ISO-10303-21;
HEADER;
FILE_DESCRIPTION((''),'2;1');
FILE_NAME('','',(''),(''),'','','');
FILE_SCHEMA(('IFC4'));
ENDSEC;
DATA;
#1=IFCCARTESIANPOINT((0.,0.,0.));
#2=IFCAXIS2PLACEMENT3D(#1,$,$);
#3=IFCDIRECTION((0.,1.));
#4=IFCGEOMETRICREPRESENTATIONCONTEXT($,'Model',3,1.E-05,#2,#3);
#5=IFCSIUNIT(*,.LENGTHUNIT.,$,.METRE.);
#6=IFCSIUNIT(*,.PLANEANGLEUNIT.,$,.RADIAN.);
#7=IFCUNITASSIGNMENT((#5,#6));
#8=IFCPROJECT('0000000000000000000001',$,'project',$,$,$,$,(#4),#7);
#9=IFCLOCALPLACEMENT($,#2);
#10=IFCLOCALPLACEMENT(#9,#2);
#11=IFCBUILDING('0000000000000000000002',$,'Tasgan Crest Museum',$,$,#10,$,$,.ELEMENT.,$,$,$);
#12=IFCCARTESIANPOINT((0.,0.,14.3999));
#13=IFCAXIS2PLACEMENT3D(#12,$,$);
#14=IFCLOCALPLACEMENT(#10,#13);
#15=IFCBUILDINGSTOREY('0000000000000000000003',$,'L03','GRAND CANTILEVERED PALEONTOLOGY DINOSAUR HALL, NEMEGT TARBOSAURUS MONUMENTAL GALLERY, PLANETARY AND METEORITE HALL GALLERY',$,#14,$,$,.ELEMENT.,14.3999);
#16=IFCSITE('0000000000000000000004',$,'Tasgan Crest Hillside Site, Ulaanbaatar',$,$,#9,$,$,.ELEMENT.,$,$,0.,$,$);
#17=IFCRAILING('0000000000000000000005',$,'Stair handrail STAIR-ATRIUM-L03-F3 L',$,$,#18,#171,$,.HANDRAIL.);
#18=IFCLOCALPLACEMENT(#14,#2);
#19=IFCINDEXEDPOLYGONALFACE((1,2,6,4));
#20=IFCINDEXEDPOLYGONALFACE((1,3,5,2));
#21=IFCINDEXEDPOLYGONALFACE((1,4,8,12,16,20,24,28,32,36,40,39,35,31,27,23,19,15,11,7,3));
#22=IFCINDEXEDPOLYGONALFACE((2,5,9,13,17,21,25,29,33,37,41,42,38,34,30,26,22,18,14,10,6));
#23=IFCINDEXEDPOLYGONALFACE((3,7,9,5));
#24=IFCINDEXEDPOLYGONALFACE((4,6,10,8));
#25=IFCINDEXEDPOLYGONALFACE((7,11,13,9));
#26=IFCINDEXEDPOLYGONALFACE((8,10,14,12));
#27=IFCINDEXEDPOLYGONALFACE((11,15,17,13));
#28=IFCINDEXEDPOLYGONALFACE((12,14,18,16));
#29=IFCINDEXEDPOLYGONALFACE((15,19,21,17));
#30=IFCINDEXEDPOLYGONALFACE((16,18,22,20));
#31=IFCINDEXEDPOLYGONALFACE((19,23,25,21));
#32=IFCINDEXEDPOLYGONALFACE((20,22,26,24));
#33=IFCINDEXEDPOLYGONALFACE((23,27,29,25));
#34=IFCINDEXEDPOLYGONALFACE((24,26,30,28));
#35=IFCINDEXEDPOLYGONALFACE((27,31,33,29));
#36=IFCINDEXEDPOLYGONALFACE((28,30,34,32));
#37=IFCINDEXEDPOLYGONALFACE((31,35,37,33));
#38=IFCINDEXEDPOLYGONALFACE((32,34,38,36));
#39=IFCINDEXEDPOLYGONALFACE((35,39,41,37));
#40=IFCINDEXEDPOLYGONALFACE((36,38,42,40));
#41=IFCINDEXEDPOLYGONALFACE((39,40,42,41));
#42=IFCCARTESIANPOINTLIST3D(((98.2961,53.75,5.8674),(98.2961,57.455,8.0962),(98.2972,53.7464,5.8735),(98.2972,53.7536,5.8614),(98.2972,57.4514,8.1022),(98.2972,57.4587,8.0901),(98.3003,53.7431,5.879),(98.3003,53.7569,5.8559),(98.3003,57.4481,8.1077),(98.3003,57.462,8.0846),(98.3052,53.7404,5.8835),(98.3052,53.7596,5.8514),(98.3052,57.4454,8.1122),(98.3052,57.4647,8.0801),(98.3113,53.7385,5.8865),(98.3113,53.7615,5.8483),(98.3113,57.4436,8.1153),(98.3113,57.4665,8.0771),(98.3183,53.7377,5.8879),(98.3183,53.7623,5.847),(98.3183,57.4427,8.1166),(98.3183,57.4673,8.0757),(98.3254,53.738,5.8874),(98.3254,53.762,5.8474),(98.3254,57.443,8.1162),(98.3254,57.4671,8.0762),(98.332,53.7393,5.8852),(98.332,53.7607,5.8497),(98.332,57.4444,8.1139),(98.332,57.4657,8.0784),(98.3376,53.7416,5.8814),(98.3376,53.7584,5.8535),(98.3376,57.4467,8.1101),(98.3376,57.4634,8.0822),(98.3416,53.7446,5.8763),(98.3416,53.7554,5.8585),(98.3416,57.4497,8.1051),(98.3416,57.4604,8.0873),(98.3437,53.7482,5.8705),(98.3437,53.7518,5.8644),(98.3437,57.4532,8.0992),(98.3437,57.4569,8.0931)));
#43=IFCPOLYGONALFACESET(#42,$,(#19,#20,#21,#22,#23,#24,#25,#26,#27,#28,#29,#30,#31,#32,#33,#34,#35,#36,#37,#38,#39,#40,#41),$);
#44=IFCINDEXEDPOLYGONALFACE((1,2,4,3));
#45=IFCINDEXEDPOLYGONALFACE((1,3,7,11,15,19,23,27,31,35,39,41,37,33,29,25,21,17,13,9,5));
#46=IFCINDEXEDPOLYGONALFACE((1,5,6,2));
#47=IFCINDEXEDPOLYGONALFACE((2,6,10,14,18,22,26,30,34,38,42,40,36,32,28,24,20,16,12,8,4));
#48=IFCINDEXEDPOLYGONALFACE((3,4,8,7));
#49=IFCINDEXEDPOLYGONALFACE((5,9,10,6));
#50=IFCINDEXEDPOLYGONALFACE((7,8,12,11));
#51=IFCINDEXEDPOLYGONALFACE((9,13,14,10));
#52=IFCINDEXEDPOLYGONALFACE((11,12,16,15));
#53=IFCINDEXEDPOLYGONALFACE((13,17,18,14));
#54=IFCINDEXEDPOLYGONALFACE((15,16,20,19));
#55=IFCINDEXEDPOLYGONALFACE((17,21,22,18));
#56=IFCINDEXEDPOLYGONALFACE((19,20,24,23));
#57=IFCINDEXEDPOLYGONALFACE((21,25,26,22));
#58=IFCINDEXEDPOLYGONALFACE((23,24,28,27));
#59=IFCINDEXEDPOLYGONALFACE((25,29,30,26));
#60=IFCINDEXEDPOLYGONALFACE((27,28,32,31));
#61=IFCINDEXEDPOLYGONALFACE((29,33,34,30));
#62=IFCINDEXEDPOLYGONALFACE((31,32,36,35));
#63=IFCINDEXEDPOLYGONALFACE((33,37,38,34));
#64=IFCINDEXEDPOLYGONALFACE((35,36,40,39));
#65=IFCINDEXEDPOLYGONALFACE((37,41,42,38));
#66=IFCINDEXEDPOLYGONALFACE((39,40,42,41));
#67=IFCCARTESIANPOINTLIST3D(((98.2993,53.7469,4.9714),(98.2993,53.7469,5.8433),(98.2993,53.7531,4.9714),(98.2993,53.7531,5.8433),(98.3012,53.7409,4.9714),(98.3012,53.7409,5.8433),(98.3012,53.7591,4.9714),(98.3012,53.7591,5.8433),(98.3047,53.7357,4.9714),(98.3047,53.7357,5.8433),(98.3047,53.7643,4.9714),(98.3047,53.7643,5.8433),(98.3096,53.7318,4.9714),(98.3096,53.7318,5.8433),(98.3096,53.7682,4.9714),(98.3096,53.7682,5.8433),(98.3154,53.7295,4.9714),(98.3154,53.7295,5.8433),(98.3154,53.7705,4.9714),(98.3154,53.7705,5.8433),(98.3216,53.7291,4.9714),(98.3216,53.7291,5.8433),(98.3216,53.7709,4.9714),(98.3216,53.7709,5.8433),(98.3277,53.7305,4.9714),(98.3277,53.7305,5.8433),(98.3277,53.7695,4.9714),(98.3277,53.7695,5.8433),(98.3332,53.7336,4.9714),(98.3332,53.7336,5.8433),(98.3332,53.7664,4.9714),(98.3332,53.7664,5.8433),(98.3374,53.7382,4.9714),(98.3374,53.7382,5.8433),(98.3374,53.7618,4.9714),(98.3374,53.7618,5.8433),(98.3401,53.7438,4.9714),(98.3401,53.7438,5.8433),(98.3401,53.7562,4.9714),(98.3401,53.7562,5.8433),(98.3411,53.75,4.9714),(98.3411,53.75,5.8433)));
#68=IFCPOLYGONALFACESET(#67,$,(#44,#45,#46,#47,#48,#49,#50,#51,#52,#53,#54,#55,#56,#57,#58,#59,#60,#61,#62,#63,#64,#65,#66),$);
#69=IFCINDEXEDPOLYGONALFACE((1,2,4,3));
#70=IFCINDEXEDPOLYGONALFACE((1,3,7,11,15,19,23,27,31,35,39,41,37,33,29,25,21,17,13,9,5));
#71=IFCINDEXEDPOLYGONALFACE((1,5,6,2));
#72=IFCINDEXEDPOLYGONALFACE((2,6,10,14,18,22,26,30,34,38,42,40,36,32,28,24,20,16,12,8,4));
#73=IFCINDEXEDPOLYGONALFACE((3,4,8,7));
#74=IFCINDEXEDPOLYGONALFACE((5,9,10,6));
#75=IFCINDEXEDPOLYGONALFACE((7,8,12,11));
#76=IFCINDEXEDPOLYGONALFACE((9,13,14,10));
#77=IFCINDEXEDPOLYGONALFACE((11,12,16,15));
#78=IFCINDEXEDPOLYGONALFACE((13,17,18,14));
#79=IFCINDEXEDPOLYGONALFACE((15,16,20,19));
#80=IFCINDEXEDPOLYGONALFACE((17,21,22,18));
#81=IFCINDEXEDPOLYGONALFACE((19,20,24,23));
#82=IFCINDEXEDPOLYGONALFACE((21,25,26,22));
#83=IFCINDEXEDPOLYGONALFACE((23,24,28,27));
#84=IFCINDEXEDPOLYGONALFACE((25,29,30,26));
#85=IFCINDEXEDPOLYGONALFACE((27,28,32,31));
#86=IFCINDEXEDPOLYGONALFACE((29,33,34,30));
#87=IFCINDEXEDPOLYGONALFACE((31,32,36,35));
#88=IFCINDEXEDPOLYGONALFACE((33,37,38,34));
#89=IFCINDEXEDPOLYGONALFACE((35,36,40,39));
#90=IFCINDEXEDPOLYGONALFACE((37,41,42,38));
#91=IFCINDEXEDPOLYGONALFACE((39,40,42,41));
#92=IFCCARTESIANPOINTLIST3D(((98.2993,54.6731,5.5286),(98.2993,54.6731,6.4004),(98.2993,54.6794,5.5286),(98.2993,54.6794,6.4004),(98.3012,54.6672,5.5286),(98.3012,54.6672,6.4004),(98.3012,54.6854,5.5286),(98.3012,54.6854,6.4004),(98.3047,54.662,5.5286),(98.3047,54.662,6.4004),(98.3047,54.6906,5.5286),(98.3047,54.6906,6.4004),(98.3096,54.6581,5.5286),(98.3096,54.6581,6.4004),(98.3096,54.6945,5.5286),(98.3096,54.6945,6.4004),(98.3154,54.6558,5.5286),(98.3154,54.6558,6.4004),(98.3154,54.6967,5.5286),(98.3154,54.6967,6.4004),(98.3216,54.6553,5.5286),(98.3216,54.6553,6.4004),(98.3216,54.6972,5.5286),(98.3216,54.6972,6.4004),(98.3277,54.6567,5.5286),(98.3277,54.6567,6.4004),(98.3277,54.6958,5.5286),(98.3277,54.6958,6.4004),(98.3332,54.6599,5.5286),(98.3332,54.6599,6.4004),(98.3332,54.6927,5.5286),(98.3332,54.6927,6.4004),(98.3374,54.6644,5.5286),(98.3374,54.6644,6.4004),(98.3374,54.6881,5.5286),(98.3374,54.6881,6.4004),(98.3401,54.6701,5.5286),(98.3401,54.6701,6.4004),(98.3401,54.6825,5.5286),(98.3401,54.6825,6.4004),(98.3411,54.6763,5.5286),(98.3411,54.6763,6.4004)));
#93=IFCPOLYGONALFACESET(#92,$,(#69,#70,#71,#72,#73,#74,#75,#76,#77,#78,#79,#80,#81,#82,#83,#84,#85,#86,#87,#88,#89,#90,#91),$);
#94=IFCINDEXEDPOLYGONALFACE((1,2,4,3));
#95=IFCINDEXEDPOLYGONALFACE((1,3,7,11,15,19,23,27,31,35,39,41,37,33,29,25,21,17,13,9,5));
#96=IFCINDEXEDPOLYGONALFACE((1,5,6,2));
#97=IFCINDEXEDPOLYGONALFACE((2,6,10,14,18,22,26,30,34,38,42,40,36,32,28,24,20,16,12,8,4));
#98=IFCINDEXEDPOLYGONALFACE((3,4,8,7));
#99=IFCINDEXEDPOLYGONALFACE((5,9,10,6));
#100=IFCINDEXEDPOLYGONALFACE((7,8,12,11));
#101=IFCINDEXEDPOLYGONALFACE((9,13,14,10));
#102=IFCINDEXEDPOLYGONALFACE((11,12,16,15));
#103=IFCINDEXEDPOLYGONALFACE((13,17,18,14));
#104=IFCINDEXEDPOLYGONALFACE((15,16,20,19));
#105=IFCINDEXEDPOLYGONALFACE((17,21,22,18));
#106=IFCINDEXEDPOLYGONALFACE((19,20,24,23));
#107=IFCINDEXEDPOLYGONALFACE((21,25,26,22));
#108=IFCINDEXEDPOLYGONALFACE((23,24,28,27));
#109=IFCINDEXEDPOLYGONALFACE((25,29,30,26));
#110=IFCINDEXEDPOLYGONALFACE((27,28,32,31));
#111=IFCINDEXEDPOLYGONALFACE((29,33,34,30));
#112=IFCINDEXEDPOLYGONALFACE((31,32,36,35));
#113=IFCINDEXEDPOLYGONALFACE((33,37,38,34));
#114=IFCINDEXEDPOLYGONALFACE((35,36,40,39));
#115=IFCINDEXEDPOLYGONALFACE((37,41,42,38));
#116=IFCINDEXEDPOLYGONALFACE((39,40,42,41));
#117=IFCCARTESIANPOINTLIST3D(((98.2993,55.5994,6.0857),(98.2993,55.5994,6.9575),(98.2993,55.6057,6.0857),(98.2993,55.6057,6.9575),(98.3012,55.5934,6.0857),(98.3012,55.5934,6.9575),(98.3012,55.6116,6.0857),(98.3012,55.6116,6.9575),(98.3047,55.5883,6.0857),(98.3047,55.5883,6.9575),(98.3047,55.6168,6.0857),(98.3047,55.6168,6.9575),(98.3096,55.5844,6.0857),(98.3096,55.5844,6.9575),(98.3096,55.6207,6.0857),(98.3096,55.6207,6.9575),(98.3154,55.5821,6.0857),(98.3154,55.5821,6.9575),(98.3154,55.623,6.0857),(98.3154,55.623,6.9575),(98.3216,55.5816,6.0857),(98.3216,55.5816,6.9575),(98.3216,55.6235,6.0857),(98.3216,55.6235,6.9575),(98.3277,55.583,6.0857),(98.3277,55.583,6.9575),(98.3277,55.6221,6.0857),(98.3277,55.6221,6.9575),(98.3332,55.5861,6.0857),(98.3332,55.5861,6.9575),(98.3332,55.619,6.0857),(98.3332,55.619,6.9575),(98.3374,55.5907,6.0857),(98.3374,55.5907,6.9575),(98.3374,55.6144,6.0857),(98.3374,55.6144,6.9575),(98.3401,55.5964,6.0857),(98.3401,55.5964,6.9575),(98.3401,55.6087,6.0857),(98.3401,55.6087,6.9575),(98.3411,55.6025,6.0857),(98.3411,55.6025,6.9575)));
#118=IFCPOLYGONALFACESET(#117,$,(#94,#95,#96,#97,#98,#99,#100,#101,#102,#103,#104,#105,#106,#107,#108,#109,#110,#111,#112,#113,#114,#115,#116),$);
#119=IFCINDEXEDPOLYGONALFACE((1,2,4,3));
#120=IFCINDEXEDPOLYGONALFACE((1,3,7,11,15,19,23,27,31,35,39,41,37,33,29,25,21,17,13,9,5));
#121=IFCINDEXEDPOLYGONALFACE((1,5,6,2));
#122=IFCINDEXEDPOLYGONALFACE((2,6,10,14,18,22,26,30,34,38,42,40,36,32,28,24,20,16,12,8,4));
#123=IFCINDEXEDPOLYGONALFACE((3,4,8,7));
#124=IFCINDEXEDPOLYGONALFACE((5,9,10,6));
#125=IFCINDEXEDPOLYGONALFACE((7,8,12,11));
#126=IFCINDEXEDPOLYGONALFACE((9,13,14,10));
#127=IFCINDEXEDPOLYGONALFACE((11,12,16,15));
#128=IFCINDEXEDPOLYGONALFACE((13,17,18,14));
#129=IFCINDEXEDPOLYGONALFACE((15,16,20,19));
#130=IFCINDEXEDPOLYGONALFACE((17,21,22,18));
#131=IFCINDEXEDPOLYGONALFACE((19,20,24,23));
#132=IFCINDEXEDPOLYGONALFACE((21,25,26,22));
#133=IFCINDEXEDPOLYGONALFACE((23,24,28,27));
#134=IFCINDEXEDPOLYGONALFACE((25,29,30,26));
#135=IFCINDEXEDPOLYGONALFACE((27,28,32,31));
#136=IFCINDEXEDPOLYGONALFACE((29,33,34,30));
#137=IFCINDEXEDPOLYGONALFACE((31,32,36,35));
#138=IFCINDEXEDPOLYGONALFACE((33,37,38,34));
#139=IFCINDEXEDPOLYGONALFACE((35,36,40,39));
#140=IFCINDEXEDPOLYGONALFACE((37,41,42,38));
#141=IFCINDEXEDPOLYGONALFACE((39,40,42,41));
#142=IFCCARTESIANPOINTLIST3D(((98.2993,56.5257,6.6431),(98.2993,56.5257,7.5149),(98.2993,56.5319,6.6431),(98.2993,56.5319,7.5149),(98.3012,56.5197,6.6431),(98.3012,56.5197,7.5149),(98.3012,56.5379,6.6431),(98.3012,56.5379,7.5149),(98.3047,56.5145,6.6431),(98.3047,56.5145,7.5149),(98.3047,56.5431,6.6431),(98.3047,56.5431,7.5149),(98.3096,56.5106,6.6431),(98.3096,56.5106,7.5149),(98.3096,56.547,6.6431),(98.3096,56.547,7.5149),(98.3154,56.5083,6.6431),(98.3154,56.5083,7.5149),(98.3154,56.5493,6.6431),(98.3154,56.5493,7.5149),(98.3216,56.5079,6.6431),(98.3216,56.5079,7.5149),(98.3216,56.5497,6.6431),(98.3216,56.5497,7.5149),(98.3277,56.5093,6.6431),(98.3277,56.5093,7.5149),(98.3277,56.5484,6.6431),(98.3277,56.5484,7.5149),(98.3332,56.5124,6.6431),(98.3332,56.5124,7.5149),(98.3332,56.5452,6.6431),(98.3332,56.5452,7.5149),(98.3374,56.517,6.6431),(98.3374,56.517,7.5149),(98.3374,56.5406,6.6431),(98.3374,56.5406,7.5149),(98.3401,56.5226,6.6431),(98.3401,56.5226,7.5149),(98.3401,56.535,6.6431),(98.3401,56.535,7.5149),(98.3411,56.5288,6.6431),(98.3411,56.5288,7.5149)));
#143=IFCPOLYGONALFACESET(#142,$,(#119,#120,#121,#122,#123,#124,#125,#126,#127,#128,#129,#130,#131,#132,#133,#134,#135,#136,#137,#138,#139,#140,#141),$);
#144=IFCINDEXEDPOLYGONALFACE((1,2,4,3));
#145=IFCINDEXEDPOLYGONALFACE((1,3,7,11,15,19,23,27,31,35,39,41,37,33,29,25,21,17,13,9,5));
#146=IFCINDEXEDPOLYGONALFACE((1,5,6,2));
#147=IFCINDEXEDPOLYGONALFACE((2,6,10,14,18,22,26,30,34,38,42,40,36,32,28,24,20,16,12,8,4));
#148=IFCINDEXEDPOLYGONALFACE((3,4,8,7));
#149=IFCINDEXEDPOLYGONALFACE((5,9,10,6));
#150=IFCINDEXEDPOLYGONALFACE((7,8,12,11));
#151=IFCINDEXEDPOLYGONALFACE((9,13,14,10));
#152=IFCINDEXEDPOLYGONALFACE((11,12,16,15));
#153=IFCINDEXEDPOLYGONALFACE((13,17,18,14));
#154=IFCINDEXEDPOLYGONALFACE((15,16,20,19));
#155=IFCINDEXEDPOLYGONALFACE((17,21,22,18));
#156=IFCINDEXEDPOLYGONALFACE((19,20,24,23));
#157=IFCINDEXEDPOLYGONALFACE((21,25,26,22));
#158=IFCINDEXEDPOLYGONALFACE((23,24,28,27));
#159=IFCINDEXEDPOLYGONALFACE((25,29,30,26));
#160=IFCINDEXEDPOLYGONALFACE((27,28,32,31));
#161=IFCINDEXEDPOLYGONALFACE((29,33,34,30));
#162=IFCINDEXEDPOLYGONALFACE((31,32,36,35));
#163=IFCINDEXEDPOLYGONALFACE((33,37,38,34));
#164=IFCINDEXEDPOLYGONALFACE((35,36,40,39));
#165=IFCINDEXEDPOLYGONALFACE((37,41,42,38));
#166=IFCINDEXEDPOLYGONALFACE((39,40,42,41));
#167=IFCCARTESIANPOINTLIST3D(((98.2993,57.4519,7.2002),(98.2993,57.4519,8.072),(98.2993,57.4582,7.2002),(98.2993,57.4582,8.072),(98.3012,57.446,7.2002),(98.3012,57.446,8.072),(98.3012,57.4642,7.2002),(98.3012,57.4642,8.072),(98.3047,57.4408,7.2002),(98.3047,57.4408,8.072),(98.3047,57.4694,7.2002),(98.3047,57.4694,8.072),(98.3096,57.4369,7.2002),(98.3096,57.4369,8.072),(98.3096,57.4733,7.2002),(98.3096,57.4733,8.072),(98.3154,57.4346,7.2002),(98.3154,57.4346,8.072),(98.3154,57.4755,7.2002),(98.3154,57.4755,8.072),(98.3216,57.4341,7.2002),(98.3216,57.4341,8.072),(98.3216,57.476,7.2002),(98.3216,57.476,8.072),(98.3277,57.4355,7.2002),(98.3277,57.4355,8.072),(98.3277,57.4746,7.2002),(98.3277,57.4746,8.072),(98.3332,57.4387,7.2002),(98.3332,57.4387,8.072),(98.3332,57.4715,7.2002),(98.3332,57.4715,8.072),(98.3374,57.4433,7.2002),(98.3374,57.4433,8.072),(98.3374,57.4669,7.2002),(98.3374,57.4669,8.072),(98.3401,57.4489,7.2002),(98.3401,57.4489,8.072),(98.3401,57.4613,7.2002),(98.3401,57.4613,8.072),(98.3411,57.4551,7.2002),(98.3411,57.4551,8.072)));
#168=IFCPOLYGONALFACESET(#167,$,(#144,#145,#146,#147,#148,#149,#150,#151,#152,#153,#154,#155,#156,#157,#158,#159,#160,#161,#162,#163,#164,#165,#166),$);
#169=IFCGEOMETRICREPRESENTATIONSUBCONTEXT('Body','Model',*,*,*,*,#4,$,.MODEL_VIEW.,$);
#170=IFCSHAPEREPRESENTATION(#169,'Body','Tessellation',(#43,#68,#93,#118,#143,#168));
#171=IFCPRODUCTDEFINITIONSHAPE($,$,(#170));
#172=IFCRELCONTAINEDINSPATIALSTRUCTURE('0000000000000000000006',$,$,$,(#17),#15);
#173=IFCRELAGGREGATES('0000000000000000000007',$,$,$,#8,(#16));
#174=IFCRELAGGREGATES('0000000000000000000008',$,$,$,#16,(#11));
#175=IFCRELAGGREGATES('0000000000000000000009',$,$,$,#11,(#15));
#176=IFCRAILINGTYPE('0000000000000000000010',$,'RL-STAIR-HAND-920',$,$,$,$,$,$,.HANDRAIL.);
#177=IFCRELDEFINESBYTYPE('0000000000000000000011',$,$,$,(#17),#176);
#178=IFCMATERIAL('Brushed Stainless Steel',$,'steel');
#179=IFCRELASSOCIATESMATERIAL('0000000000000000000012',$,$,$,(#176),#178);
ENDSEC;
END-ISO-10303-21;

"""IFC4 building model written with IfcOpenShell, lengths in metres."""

from ifc_helpers import new_model, si_unit, direction, frame, origin, origin_2d, place, context, subcontext, project, spatial, circle, extrude, material, type_object, element, save


model = new_model("IFC4")

# Units and contexts
model_context = context("Model", 3, precision=1e-05, world=origin(), true_north=direction((0.0, 1.0)))
body_context = subcontext(model_context, "Body", "Model", "MODEL_VIEW")
ifc_project = project(units=[si_unit("LENGTHUNIT", "METRE"), si_unit("PLANEANGLEUNIT", "RADIAN")], contexts=[model_context])

# Site, building, storey
site_placement = place(None, origin())
site = spatial("IfcSite", under=ifc_project, at=site_placement, Name="Tasgan Crest Hillside Site, Ulaanbaatar", CompositionType="ELEMENT", RefElevation=0.0)
building_placement = place(site_placement, origin())
building = spatial("IfcBuilding", under=site, at=building_placement, Name="Tasgan Crest Museum", CompositionType="ELEMENT")
storey_placement = place(building_placement, frame((0.0, 0.0, 14.3999)))
storey = spatial("IfcBuildingStorey", under=building, at=storey_placement, Name="L03", Description="GRAND CANTILEVERED PALEONTOLOGY DINOSAUR HALL, NEMEGT TARBOSAURUS MONUMENTAL GALLERY, PLANETARY AND METEORITE HALL GALLERY", CompositionType="ELEMENT", Elevation=14.3999)

# Railing
ifc_material_1 = material(Name="Brushed Stainless Steel", Category="steel")
railing_type_1 = type_object("IfcRailingType", Name="RL-STAIR-HAND-920", PredefinedType="HANDRAIL", material=ifc_material_1)
for number, where, name in (
    (1, (98.3201, 53.75, 4.9714), "Stair handrail STAIR-ATRIUM-L03-F3 L"),
):
    element("IfcRailing", number, at=place(storey_placement, frame(where)), inside=storey, type_object=railing_type_1, Name=name, PredefinedType="HANDRAIL", context=body_context, shape_type="SweptSolid", body=[
        extrude(circle(Radius=0.0239, at=origin_2d()), frame((0.0, 0.0, 0.896), z_axis=(0.0, 0.856909, 0.515467), x_axis=(-1.0, 0.0, 0.0)), (0.0, 0.0, 1.0), 4.3237),
        extrude(circle(Radius=0.021, at=origin_2d()), origin(), (0.0, 0.0, 1.0), 0.8718),
        extrude(circle(Radius=0.021, at=origin_2d()), frame((0.0, 0.9263, 0.5571)), (0.0, 0.0, 1.0), 0.8718),
        extrude(circle(Radius=0.021, at=origin_2d()), frame((0.0, 1.8525, 1.1143)), (0.0, 0.0, 1.0), 0.8718),
        extrude(circle(Radius=0.021, at=origin_2d()), frame((0.0, 2.7788, 1.6716)), (0.0, 0.0, 1.0), 0.8718),
        extrude(circle(Radius=0.021, at=origin_2d()), frame((0.0, 3.7051, 2.2288)), (0.0, 0.0, 1.0), 0.8718),
    ])

save(model, "model.ifc")
